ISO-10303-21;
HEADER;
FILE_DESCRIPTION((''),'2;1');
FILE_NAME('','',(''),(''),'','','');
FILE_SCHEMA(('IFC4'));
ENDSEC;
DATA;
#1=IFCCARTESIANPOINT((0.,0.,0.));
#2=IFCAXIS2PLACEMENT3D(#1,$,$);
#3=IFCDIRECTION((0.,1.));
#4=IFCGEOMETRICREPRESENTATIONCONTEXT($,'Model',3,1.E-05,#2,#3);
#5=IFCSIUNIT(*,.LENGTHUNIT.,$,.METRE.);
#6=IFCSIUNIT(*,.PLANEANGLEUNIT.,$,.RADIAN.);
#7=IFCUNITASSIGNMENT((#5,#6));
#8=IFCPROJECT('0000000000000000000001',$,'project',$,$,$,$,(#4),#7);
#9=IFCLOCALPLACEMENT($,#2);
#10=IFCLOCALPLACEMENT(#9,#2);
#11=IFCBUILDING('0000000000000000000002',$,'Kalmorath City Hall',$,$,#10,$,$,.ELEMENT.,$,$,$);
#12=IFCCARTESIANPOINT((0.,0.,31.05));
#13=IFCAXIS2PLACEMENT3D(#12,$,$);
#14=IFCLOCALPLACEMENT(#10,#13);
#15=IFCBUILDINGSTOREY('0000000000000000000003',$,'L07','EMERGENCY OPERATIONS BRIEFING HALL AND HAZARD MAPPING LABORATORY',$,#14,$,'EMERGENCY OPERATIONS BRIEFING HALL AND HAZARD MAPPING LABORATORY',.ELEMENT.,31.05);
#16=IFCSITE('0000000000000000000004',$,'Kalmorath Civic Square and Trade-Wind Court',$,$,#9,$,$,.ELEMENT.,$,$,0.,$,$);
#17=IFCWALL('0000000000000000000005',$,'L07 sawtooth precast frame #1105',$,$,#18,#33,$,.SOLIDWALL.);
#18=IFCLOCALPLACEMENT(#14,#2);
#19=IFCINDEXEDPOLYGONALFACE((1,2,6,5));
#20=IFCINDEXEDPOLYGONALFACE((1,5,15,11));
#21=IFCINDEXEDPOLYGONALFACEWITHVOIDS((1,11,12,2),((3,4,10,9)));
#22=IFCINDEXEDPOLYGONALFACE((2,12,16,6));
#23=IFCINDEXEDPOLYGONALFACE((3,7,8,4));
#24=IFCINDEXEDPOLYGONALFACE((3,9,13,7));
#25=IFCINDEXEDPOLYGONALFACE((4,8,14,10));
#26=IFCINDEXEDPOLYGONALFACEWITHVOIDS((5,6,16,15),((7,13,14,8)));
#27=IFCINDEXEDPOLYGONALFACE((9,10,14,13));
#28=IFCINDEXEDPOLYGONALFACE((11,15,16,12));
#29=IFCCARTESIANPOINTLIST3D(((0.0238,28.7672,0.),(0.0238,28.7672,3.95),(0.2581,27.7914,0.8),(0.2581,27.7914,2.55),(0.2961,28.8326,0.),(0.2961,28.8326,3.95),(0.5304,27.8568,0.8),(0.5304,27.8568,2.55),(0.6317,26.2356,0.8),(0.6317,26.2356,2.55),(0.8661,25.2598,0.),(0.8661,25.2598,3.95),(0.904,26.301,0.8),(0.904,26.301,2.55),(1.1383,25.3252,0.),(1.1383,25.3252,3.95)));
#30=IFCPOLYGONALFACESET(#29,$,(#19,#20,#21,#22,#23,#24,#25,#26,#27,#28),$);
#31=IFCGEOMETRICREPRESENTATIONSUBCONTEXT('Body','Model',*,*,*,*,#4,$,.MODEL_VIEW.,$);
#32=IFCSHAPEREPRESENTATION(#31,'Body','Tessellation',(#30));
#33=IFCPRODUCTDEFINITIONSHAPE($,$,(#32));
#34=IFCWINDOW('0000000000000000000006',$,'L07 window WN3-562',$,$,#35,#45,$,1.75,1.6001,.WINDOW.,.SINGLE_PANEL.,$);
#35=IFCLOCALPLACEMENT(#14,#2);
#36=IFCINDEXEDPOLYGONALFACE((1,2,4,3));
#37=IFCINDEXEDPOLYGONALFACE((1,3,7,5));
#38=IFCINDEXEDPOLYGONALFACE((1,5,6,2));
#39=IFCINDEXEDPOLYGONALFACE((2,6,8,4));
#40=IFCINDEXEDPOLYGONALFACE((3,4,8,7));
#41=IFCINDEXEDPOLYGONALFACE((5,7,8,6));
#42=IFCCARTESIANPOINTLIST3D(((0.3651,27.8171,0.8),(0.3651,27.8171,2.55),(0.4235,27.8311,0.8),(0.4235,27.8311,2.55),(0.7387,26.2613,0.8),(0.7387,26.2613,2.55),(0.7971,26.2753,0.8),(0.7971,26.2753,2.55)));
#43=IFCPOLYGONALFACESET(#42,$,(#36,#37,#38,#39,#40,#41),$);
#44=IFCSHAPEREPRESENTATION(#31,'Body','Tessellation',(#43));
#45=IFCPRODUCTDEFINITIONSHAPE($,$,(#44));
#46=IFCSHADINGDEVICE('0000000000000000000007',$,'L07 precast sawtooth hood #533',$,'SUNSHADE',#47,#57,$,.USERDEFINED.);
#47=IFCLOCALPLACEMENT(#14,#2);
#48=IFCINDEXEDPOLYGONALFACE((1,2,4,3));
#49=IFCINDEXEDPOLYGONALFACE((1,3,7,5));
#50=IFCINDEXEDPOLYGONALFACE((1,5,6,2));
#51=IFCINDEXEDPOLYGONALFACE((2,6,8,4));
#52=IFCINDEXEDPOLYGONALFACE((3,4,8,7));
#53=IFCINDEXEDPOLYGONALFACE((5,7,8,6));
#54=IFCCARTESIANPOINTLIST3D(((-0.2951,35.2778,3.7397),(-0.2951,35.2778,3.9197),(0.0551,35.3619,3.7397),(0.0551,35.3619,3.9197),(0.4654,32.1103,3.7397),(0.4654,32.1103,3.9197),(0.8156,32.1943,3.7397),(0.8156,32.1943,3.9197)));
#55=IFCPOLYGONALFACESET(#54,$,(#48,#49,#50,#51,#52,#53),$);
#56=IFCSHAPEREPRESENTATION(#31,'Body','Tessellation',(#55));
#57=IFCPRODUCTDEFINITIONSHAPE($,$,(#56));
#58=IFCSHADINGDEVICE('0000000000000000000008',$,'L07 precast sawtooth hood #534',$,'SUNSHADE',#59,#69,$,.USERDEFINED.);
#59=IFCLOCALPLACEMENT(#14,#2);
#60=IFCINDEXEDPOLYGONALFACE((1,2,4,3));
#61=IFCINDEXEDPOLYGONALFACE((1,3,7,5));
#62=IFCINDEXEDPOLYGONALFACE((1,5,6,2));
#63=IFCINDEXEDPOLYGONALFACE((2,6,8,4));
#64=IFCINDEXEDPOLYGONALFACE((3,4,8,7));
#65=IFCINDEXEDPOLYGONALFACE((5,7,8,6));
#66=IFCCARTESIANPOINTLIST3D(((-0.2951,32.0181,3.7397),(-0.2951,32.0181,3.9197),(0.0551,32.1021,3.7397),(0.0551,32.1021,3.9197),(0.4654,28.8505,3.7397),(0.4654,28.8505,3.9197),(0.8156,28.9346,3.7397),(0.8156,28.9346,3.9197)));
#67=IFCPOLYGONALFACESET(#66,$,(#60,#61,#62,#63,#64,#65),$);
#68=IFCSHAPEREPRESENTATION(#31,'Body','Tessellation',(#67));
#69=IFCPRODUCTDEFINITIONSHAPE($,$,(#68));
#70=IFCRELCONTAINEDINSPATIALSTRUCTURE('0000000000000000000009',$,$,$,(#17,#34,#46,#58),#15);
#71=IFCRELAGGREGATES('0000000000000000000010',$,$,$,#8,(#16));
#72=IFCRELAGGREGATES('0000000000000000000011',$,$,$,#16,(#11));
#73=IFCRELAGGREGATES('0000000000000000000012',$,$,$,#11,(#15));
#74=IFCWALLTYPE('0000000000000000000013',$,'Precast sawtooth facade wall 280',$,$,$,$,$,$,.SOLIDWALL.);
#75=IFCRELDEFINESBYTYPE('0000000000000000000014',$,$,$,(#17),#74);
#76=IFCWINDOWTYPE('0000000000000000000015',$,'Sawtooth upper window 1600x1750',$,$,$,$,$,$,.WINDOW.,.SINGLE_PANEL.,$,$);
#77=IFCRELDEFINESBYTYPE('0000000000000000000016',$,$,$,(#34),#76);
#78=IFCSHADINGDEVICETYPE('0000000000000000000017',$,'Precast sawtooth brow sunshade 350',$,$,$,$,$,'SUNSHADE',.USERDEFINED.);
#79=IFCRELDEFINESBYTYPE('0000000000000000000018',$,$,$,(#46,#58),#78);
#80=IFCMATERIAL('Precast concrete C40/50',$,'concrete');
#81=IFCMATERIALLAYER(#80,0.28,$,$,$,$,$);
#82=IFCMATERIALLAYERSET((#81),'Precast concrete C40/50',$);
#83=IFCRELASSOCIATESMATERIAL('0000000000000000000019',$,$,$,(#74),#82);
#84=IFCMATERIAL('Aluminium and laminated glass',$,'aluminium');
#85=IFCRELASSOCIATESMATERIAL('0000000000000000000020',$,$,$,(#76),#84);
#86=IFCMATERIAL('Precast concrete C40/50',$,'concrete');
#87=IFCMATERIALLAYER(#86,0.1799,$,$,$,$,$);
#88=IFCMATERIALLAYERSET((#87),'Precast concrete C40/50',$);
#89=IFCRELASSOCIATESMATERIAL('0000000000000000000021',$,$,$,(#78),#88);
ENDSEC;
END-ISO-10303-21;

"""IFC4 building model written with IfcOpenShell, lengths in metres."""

from ifc_helpers import new_model, si_unit, direction, frame, frame_2d, origin, origin_2d, place, context, subcontext, project, spatial, rectangle, extrude, material, layer, layer_set, type_object, element, fill, save


model = new_model("IFC4")

# Units and contexts
model_context = context("Model", 3, precision=1e-05, world=origin(), true_north=direction((0.0, 1.0)))
body_context = subcontext(model_context, "Body", "Model", "MODEL_VIEW")
ifc_project = project(units=[si_unit("LENGTHUNIT", "METRE"), si_unit("PLANEANGLEUNIT", "RADIAN")], contexts=[model_context])

# Site, building, storey
site_placement = place(None, origin())
site = spatial("IfcSite", under=ifc_project, at=site_placement, Name="Kalmorath Civic Square and Trade-Wind Court", CompositionType="ELEMENT", RefElevation=0.0)
building_placement = place(site_placement, origin())
building = spatial("IfcBuilding", under=site, at=building_placement, Name="Kalmorath City Hall", CompositionType="ELEMENT")
storey_placement = place(building_placement, frame((0.0, 0.0, 31.05)))
storey = spatial("IfcBuildingStorey", under=building, at=storey_placement, Name="L07", Description="EMERGENCY OPERATIONS BRIEFING HALL AND HAZARD MAPPING LABORATORY", LongName="EMERGENCY OPERATIONS BRIEFING HALL AND HAZARD MAPPING LABORATORY", CompositionType="ELEMENT", Elevation=31.05)

# Wall, opening, window
ifc_material_1 = material(Name="Precast concrete C40/50", Category="concrete")
ifc_layer_1 = layer(ifc_material_1, 0.28)
ifc_layer_set_1 = layer_set([ifc_layer_1], Name="Precast concrete C40/50")
wall_type_1 = type_object("IfcWallType", Name="Precast sawtooth facade wall 280", PredefinedType="SOLIDWALL", material=ifc_layer_set_1)
ifc_material_2 = material(Name="Aluminium and laminated glass", Category="aluminium")
window_type = type_object("IfcWindowType", Name="Sawtooth upper window 1600x1750", PartitioningType="SINGLE_PANEL", PredefinedType="WINDOW", material=ifc_material_2)
wall_1_placement = place(storey_placement, frame((0.1599, 28.8, 0.0), z_axis=(0.0, 0.0, 1.0), x_axis=(0.233496, -0.972358, 0.0)))
wall_1 = element("IfcWall", 1, at=wall_1_placement, inside=storey, type_object=wall_type_1, Name="L07 sawtooth precast frame #1105", PredefinedType="SOLIDWALL", context=body_context, shape_type="SweptSolid", body=[
    extrude(rectangle(XDim=3.6072, YDim=0.28, at=frame_2d((1.8037, 0.0))), origin(), (0.0, 0.0, 1.0), 3.95),
])
opening_1_placement = place(wall_1_placement, frame((1.0037, 0.0, 0.8)))
opening_1 = element("IfcOpeningElement", 2, at=opening_1_placement, cuts=wall_1, PredefinedType="OPENING", context=body_context, shape_type="SweptSolid", body=[
    extrude(rectangle(XDim=1.6001, YDim=1.75, at=frame_2d((0.8, 0.875))), frame((0.0, 0.1499, 0.0), z_axis=(0.0, -1.0, 0.0), x_axis=(1.0, 0.0, 0.0)), (0.0, 0.0, 1.0), 0.3),
])
window_1_placement = place(opening_1_placement, origin())
window_1 = element("IfcWindow", 3, at=window_1_placement, inside=storey, type_object=window_type, Name="L07 window WN3-562", OverallHeight=1.75, OverallWidth=1.6001, PartitioningType="SINGLE_PANEL", PredefinedType="WINDOW", context=body_context, shape_type="SweptSolid", body=[
    extrude(rectangle(XDim=1.6001, YDim=1.75, at=frame_2d((0.8, 0.875))), frame((0.0, 0.03, 0.0), z_axis=(0.0, -1.0, 0.0), x_axis=(1.0, 0.0, 0.0)), (0.0, 0.0, 1.0), 0.0601),
])
fill(opening_1, window_1)

# Shading devices
ifc_material_3 = material(Name="Precast concrete C40/50", Category="concrete")
ifc_layer_2 = layer(ifc_material_3, 0.1799)
ifc_layer_set_2 = layer_set([ifc_layer_2], Name="Precast concrete C40/50")
shading_device_type = type_object("IfcShadingDeviceType", Name="Precast sawtooth brow sunshade 350", ElementType="SUNSHADE", PredefinedType="USERDEFINED", material=ifc_layer_set_2)
for number, where, z_axis, x_axis, name in (
    (4, (0.2603, 33.7361, 3.7397), (0.0, 0.0, 1.0), (0.233462, -0.972366, 0.0), "L07 precast sawtooth hood #533"),
    (5, (0.2603, 30.4763, 3.7397), (0.0, 0.0, 1.0), (0.233462, -0.972366, 0.0), "L07 precast sawtooth hood #534"),
):
    element("IfcShadingDevice", number, at=place(storey_placement, frame(where, z_axis=z_axis, x_axis=x_axis)), inside=storey, type_object=shading_device_type, Name=name, ObjectType="SUNSHADE", PredefinedType="USERDEFINED", context=body_context, shape_type="SweptSolid", body=[
        extrude(rectangle(XDim=3.2576, YDim=0.3601, at=origin_2d()), origin(), (0.0, 0.0, 1.0), 0.1799),
    ])

save(model, "model.ifc")
